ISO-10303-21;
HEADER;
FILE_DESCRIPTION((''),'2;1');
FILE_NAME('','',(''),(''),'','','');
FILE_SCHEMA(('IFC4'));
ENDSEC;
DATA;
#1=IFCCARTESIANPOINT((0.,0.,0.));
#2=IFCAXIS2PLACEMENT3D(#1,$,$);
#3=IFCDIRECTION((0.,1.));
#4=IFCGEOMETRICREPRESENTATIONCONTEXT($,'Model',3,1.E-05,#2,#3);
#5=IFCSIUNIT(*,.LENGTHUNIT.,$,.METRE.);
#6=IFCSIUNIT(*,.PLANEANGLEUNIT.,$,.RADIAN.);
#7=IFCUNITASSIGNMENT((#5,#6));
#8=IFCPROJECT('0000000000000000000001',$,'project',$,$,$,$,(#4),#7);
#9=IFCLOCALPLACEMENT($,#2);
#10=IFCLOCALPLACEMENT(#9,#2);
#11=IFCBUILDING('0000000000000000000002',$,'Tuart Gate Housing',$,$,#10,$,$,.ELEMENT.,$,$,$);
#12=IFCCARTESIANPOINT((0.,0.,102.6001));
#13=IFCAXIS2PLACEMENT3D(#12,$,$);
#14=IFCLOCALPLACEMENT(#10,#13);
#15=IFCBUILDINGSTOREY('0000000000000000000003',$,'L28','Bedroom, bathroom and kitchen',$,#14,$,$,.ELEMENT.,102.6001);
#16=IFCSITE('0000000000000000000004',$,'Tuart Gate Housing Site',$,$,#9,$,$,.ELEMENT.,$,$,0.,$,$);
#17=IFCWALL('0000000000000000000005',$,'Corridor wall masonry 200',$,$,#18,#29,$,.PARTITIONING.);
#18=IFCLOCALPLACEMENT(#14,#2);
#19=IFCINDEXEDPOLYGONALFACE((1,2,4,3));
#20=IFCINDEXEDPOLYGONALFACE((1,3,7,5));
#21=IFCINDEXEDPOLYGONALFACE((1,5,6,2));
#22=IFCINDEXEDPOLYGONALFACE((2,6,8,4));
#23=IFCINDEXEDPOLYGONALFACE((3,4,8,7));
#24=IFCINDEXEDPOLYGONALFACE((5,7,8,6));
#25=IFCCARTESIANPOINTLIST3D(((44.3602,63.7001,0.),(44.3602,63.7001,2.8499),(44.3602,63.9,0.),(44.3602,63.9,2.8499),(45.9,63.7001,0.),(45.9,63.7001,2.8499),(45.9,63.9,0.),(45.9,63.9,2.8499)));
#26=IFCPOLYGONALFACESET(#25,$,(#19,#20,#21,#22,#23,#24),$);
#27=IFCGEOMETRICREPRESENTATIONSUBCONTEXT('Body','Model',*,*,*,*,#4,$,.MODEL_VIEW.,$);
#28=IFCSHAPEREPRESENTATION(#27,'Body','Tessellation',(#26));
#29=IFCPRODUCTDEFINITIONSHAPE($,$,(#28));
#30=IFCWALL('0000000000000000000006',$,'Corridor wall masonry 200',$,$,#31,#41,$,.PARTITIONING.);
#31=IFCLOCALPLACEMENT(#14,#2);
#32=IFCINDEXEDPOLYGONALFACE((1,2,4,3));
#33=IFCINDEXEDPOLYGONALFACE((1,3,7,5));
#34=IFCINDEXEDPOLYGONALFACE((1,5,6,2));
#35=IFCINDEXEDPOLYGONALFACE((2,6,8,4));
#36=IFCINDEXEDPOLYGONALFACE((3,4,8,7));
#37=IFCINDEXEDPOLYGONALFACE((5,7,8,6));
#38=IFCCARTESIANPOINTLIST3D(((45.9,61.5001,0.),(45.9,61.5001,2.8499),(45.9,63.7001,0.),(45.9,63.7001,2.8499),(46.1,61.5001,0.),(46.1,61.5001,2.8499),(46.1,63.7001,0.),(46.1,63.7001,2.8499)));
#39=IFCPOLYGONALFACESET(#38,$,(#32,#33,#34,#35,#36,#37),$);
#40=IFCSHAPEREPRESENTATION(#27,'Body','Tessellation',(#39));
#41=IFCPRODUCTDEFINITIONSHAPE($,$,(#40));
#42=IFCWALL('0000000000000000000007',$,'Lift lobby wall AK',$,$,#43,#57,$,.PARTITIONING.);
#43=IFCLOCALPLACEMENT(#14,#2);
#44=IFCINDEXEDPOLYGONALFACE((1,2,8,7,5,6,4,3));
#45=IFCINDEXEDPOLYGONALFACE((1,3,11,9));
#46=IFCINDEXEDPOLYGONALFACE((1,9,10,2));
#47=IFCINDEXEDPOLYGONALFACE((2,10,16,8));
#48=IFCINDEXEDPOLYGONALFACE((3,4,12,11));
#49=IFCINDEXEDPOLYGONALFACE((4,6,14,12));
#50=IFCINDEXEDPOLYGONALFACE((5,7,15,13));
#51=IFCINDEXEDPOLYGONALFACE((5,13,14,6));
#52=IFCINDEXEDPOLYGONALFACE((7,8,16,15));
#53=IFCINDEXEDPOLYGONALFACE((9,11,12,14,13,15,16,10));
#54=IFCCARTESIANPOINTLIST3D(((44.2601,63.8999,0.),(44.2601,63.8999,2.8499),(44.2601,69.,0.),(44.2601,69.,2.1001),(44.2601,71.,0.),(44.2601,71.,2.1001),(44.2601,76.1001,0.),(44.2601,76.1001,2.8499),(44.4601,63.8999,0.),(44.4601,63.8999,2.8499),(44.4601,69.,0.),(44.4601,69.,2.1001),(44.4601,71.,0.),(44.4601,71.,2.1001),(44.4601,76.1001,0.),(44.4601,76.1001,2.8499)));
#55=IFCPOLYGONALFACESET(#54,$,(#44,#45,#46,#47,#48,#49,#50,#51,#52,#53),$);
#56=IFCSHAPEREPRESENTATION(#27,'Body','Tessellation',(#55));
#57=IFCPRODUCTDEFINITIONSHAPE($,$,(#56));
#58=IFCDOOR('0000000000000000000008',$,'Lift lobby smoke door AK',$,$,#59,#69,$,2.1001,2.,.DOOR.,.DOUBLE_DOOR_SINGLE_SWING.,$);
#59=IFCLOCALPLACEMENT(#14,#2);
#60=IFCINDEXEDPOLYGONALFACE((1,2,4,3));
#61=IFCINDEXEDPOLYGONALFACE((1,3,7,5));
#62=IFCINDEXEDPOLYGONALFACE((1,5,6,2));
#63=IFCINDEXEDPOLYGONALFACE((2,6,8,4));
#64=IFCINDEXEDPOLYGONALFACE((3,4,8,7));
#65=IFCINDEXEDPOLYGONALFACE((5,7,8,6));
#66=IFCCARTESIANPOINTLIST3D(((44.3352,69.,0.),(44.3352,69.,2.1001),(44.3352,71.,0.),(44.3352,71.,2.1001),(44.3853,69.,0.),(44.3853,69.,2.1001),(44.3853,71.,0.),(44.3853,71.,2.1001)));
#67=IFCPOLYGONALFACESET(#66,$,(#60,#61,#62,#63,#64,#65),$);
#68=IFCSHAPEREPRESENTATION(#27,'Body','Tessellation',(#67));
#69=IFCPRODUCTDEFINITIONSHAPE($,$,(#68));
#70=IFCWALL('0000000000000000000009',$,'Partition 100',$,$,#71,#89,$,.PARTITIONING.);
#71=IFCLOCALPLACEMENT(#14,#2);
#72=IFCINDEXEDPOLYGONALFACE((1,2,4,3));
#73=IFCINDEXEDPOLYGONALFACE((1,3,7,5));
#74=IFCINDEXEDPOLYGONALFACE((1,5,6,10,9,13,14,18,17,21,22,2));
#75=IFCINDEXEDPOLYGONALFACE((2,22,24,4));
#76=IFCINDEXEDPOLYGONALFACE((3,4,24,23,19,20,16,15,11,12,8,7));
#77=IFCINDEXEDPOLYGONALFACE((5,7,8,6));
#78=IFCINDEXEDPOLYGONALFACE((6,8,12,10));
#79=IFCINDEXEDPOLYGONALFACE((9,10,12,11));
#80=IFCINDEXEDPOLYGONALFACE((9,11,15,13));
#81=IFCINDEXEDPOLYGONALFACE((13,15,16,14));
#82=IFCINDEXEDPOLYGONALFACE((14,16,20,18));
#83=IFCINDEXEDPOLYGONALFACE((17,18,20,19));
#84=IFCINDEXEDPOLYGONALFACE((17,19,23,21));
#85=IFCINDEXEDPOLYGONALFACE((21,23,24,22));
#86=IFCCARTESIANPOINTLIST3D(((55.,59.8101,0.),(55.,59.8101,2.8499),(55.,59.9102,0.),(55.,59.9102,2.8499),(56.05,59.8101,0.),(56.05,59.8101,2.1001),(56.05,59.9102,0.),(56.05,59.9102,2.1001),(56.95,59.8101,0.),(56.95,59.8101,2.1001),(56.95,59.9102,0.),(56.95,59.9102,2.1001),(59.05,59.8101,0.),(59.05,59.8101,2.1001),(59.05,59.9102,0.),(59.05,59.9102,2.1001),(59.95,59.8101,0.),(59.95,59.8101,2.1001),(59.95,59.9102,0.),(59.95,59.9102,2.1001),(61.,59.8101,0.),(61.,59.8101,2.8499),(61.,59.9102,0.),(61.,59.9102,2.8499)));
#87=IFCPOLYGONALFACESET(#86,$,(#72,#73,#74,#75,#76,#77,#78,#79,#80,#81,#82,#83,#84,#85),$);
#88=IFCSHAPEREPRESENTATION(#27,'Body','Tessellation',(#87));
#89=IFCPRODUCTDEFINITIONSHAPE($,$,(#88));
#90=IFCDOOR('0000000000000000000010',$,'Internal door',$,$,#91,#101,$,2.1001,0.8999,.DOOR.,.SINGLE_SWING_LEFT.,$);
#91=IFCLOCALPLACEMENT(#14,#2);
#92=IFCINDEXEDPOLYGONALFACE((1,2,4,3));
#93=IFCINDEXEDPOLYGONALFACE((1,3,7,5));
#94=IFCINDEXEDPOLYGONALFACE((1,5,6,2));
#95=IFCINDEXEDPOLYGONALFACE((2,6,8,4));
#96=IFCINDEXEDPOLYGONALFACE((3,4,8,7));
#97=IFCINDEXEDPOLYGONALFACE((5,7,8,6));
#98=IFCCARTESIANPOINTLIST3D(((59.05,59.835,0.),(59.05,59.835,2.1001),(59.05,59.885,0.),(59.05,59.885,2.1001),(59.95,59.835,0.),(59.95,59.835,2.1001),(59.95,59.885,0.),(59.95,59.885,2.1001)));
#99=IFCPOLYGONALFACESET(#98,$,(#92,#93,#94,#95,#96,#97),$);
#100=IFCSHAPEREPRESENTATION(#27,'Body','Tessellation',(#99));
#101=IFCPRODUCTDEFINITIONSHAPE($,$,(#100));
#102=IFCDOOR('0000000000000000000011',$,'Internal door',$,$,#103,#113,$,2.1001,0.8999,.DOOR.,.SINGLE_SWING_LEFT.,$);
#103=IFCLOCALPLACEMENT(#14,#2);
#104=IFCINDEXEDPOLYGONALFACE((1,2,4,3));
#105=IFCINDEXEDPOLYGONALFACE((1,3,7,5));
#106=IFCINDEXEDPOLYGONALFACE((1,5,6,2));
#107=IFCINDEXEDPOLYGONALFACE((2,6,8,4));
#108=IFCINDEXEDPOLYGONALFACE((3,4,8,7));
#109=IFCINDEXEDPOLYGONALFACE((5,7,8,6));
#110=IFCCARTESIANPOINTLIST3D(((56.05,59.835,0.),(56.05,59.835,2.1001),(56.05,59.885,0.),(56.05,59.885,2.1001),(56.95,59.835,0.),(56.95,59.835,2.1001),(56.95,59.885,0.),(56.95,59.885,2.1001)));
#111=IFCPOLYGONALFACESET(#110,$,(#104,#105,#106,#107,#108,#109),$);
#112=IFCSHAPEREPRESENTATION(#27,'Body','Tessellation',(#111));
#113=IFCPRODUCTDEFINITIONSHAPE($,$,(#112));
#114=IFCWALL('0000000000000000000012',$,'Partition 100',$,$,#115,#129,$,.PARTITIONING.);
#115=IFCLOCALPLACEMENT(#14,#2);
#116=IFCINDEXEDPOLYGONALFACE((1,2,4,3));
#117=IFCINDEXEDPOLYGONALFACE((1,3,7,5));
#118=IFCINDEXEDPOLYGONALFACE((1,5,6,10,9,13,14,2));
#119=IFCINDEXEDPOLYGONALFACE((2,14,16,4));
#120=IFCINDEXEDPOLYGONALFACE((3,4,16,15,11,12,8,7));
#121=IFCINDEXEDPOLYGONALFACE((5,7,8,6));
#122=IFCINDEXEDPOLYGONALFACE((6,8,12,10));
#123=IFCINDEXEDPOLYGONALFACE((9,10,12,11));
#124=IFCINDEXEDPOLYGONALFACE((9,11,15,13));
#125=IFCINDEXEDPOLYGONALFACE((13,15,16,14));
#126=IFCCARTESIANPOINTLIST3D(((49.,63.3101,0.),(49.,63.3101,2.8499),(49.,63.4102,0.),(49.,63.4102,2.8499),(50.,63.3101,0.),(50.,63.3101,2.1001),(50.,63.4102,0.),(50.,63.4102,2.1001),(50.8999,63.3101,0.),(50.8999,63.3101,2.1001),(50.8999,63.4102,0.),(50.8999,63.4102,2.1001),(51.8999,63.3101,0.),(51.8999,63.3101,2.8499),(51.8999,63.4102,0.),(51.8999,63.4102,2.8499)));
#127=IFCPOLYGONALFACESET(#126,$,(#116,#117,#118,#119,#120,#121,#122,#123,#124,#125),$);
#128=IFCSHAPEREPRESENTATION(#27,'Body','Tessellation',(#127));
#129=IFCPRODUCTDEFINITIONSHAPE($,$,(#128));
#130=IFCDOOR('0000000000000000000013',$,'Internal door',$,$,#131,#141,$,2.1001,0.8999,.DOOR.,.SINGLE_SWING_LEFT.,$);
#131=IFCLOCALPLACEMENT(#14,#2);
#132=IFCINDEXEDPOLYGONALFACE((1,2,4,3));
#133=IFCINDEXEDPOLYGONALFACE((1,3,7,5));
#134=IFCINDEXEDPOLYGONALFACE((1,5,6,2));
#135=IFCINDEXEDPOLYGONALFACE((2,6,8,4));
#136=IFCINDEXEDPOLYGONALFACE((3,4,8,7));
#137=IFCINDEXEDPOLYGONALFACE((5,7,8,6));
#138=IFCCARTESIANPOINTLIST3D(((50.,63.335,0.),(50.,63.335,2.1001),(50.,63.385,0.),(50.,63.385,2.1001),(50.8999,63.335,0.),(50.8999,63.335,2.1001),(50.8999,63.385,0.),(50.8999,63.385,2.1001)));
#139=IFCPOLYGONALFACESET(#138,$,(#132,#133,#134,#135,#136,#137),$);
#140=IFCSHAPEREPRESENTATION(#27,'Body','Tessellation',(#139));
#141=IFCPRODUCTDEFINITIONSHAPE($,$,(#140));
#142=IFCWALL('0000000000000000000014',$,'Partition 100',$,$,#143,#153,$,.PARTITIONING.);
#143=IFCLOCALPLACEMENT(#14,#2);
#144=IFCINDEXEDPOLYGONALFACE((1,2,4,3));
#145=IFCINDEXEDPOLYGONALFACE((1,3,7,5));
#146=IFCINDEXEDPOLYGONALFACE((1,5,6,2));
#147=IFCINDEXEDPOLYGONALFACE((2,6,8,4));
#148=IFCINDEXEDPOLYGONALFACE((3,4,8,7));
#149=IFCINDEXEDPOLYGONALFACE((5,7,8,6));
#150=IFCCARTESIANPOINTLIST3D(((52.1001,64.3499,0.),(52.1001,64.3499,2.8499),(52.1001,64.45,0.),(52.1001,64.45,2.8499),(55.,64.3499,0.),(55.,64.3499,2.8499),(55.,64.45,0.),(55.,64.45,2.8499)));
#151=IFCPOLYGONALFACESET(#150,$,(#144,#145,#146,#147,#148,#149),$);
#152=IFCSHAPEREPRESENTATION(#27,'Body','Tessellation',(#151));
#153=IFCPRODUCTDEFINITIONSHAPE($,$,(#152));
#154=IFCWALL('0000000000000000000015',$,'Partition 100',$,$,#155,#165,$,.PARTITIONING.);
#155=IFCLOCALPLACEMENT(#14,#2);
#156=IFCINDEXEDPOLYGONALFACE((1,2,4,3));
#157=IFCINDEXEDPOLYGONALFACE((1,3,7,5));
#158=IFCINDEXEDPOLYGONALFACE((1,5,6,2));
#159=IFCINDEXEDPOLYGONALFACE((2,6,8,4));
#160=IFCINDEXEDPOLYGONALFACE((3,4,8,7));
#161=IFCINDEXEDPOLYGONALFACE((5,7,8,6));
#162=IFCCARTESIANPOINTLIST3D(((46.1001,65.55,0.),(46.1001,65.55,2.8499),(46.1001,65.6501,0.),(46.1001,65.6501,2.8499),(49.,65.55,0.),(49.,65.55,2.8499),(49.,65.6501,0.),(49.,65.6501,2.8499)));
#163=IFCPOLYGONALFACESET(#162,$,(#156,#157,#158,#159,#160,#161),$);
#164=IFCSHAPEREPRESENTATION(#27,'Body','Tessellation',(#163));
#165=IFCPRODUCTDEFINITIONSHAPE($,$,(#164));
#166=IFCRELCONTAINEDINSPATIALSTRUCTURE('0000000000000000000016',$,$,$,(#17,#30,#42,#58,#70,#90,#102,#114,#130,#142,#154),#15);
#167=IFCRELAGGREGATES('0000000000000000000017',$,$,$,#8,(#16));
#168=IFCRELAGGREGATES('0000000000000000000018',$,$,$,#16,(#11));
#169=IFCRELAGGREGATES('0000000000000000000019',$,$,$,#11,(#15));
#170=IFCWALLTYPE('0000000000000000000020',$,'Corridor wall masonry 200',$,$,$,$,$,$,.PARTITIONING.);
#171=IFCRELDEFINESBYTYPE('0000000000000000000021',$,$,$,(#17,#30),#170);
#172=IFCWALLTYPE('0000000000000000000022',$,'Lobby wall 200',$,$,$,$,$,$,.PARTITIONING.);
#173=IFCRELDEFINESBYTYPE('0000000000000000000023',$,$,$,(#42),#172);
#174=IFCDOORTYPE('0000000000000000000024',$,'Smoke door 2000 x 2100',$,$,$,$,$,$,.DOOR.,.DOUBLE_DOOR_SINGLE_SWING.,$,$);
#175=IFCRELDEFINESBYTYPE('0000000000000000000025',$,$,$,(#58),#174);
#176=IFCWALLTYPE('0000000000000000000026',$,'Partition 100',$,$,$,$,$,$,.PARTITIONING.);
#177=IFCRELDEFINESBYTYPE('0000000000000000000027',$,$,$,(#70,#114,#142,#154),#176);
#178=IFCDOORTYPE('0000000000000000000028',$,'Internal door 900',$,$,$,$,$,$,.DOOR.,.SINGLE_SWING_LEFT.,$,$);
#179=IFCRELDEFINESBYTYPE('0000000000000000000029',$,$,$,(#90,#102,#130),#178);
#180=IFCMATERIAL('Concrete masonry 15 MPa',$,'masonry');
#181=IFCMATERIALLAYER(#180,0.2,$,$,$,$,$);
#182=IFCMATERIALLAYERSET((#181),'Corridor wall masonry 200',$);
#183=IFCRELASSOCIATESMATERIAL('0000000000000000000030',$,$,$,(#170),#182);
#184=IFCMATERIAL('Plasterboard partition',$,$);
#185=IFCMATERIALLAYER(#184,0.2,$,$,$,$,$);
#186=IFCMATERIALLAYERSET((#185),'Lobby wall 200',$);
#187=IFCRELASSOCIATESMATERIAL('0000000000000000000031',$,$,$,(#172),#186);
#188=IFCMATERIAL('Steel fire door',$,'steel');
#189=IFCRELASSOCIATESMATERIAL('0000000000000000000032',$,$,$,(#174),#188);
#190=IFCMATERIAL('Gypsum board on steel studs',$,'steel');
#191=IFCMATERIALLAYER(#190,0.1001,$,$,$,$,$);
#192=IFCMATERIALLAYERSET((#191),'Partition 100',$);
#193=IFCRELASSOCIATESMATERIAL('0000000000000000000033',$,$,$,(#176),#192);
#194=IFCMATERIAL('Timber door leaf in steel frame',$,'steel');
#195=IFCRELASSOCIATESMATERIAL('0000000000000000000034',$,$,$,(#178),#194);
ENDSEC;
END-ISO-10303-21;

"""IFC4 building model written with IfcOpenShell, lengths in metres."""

from ifc_helpers import new_model, si_unit, direction, frame, frame_2d, origin, place, context, subcontext, project, spatial, rectangle, extrude, material, layer, layer_set, type_object, element, fill, save


model = new_model("IFC4")

# Units and contexts
model_context = context("Model", 3, precision=1e-05, world=origin(), true_north=direction((0.0, 1.0)))
body_context = subcontext(model_context, "Body", "Model", "MODEL_VIEW")
ifc_project = project(units=[si_unit("LENGTHUNIT", "METRE"), si_unit("PLANEANGLEUNIT", "RADIAN")], contexts=[model_context])

# Site, building, storey
site_placement = place(None, origin())
site = spatial("IfcSite", under=ifc_project, at=site_placement, Name="Tuart Gate Housing Site", CompositionType="ELEMENT", RefElevation=0.0)
building_placement = place(site_placement, origin())
building = spatial("IfcBuilding", under=site, at=building_placement, Name="Tuart Gate Housing", CompositionType="ELEMENT")
storey_placement = place(building_placement, frame((0.0, 0.0, 102.6001)))
storey = spatial("IfcBuildingStorey", under=building, at=storey_placement, Name="L28", Description="Bedroom, bathroom and kitchen", CompositionType="ELEMENT", Elevation=102.6001)

# Walls
ifc_material_1 = material(Name="Concrete masonry 15 MPa", Category="masonry")
ifc_layer_1 = layer(ifc_material_1, 0.2)
ifc_layer_set_1 = layer_set([ifc_layer_1], Name="Corridor wall masonry 200")
wall_type_1 = type_object("IfcWallType", Name="Corridor wall masonry 200", PredefinedType="PARTITIONING", material=ifc_layer_set_1)
wall_1_placement = place(storey_placement, frame((44.3601, 63.8, 0.0), z_axis=(0.0, 0.0, 1.0), x_axis=(1.0, 0.0, 0.0)))
element("IfcWall", 1, at=wall_1_placement, inside=storey, type_object=wall_type_1, Name="Corridor wall masonry 200", PredefinedType="PARTITIONING", context=body_context, shape_type="SweptSolid", body=[
    extrude(rectangle(XDim=1.5398, YDim=0.2, at=frame_2d((0.77, 0.0))), origin(), (0.0, 0.0, 1.0), 2.8499),
])
wall_2_placement = place(storey_placement, frame((46.0, 61.5, 0.0), z_axis=(0.0, 0.0, 1.0), x_axis=(0.0, 1.0, 0.0)))
element("IfcWall", 2, at=wall_2_placement, inside=storey, type_object=wall_type_1, Name="Corridor wall masonry 200", PredefinedType="PARTITIONING", context=body_context, shape_type="SweptSolid", body=[
    extrude(rectangle(XDim=2.2, YDim=0.2, at=frame_2d((1.1001, 0.0))), origin(), (0.0, 0.0, 1.0), 2.8499),
])

# Wall, opening, door
ifc_material_2 = material(Name="Plasterboard partition")
ifc_layer_2 = layer(ifc_material_2, 0.2)
ifc_layer_set_2 = layer_set([ifc_layer_2], Name="Lobby wall 200")
wall_type_2 = type_object("IfcWallType", Name="Lobby wall 200", PredefinedType="PARTITIONING", material=ifc_layer_set_2)
wall_3_placement = place(storey_placement, frame((44.3601, 63.8999, 0.0), z_axis=(0.0, 0.0, 1.0), x_axis=(0.0, 1.0, 0.0)))
wall_3 = element("IfcWall", 3, at=wall_3_placement, inside=storey, type_object=wall_type_2, Name="Lift lobby wall AK", PredefinedType="PARTITIONING", context=body_context, shape_type="SweptSolid", body=[
    extrude(rectangle(XDim=12.2002, YDim=0.2, at=frame_2d((6.1001, 0.0))), origin(), (0.0, 0.0, 1.0), 2.8499),
])
opening_1_placement = place(wall_3_placement, frame((5.1001, 0.0, 0.0)))
opening_1 = element("IfcOpeningElement", 4, at=opening_1_placement, cuts=wall_3, PredefinedType="OPENING", context=body_context, shape_type="SweptSolid", body=[
    extrude(rectangle(XDim=2.0, YDim=2.1001, at=frame_2d((1.0, 1.05))), frame((0.0, 0.1099, 0.0), z_axis=(0.0, -1.0, 0.0), x_axis=(1.0, 0.0, 0.0)), (0.0, 0.0, 1.0), 0.22),
])
ifc_material_3 = material(Name="Steel fire door", Category="steel")
door_type_1 = type_object("IfcDoorType", Name="Smoke door 2000 x 2100", OperationType="DOUBLE_DOOR_SINGLE_SWING", PredefinedType="DOOR", material=ifc_material_3)
door_1_placement = place(opening_1_placement, origin())
door_1 = element("IfcDoor", 5, at=door_1_placement, inside=storey, type_object=door_type_1, Name="Lift lobby smoke door AK", OperationType="DOUBLE_DOOR_SINGLE_SWING", OverallHeight=2.1001, OverallWidth=2.0, PredefinedType="DOOR", context=body_context, shape_type="SweptSolid", body=[
    extrude(rectangle(XDim=2.0, YDim=2.1001, at=frame_2d((1.0, 1.05))), frame((0.0, 0.0249, 0.0), z_axis=(0.0, -1.0, 0.0), x_axis=(1.0, 0.0, 0.0)), (0.0, 0.0, 1.0), 0.05),
])
fill(opening_1, door_1)

# Wall, openings, doors
ifc_material_4 = material(Name="Gypsum board on steel studs", Category="steel")
ifc_layer_3 = layer(ifc_material_4, 0.1001)
ifc_layer_set_3 = layer_set([ifc_layer_3], Name="Partition 100")
wall_type_3 = type_object("IfcWallType", Name="Partition 100", PredefinedType="PARTITIONING", material=ifc_layer_set_3)
wall_4_placement = place(storey_placement, frame((55.0, 59.8601, 0.0), z_axis=(0.0, 0.0, 1.0), x_axis=(1.0, 0.0, 0.0)))
wall_4 = element("IfcWall", 6, at=wall_4_placement, inside=storey, type_object=wall_type_3, Name="Partition 100", PredefinedType="PARTITIONING", context=body_context, shape_type="SweptSolid", body=[
    extrude(rectangle(XDim=6.0, YDim=0.1001, at=frame_2d((3.0, 0.0))), origin(), (0.0, 0.0, 1.0), 2.8499),
])
opening_2_placement = place(wall_4_placement, frame((4.05, 0.0, 0.0)))
opening_2 = element("IfcOpeningElement", 7, at=opening_2_placement, cuts=wall_4, PredefinedType="OPENING", context=body_context, shape_type="SweptSolid", body=[
    extrude(rectangle(XDim=0.8999, YDim=2.1001, at=frame_2d((0.45, 1.05))), frame((0.0, 0.0601, 0.0), z_axis=(0.0, -1.0, 0.0), x_axis=(1.0, 0.0, 0.0)), (0.0, 0.0, 1.0), 0.1201),
])
opening_3_placement = place(wall_4_placement, frame((1.05, 0.0, 0.0)))
opening_3 = element("IfcOpeningElement", 8, at=opening_3_placement, cuts=wall_4, PredefinedType="OPENING", context=body_context, shape_type="SweptSolid", body=[
    extrude(rectangle(XDim=0.8999, YDim=2.1001, at=frame_2d((0.45, 1.05))), frame((0.0, 0.0601, 0.0), z_axis=(0.0, -1.0, 0.0), x_axis=(1.0, 0.0, 0.0)), (0.0, 0.0, 1.0), 0.1201),
])
ifc_material_5 = material(Name="Timber door leaf in steel frame", Category="steel")
door_type_2 = type_object("IfcDoorType", Name="Internal door 900", OperationType="SINGLE_SWING_LEFT", PredefinedType="DOOR", material=ifc_material_5)
door_2_placement = place(opening_2_placement, origin())
door_2 = element("IfcDoor", 9, at=door_2_placement, inside=storey, type_object=door_type_2, Name="Internal door", OperationType="SINGLE_SWING_LEFT", OverallHeight=2.1001, OverallWidth=0.8999, PredefinedType="DOOR", context=body_context, shape_type="SweptSolid", body=[
    extrude(rectangle(XDim=0.8999, YDim=2.1001, at=frame_2d((0.45, 1.05))), frame((0.0, 0.0249, 0.0), z_axis=(0.0, -1.0, 0.0), x_axis=(1.0, 0.0, 0.0)), (0.0, 0.0, 1.0), 0.05),
])
fill(opening_2, door_2)
door_3_placement = place(opening_3_placement, origin())
door_3 = element("IfcDoor", 10, at=door_3_placement, inside=storey, type_object=door_type_2, Name="Internal door", OperationType="SINGLE_SWING_LEFT", OverallHeight=2.1001, OverallWidth=0.8999, PredefinedType="DOOR", context=body_context, shape_type="SweptSolid", body=[
    extrude(rectangle(XDim=0.8999, YDim=2.1001, at=frame_2d((0.45, 1.05))), frame((0.0, 0.0249, 0.0), z_axis=(0.0, -1.0, 0.0), x_axis=(1.0, 0.0, 0.0)), (0.0, 0.0, 1.0), 0.05),
])
fill(opening_3, door_3)

# Wall, opening, door
wall_5_placement = place(storey_placement, frame((49.0, 63.3601, 0.0), z_axis=(0.0, 0.0, 1.0), x_axis=(1.0, 0.0, 0.0)))
wall_5 = element("IfcWall", 11, at=wall_5_placement, inside=storey, type_object=wall_type_3, Name="Partition 100", PredefinedType="PARTITIONING", context=body_context, shape_type="SweptSolid", body=[
    extrude(rectangle(XDim=2.8999, YDim=0.1001, at=frame_2d((1.45, 0.0))), origin(), (0.0, 0.0, 1.0), 2.8499),
])
opening_4_placement = place(wall_5_placement, frame((1.0, 0.0, 0.0)))
opening_4 = element("IfcOpeningElement", 12, at=opening_4_placement, cuts=wall_5, PredefinedType="OPENING", context=body_context, shape_type="SweptSolid", body=[
    extrude(rectangle(XDim=0.8999, YDim=2.1001, at=frame_2d((0.45, 1.05))), frame((0.0, 0.0601, 0.0), z_axis=(0.0, -1.0, 0.0), x_axis=(1.0, 0.0, 0.0)), (0.0, 0.0, 1.0), 0.1201),
])
door_4_placement = place(opening_4_placement, origin())
door_4 = element("IfcDoor", 13, at=door_4_placement, inside=storey, type_object=door_type_2, Name="Internal door", OperationType="SINGLE_SWING_LEFT", OverallHeight=2.1001, OverallWidth=0.8999, PredefinedType="DOOR", context=body_context, shape_type="SweptSolid", body=[
    extrude(rectangle(XDim=0.8999, YDim=2.1001, at=frame_2d((0.45, 1.05))), frame((0.0, 0.0249, 0.0), z_axis=(0.0, -1.0, 0.0), x_axis=(1.0, 0.0, 0.0)), (0.0, 0.0, 1.0), 0.05),
])
fill(opening_4, door_4)

# Walls
for number, where, z_axis, x_axis, name in (
    (14, (52.1001, 64.3999, 0.0), (0.0, 0.0, 1.0), (1.0, 0.0, 0.0), "Partition 100"),
    (15, (46.1001, 65.6001, 0.0), (0.0, 0.0, 1.0), (1.0, 0.0, 0.0), "Partition 100"),
):
    element("IfcWall", number, at=place(storey_placement, frame(where, z_axis=z_axis, x_axis=x_axis)), inside=storey, type_object=wall_type_3, Name=name, PredefinedType="PARTITIONING", context=body_context, shape_type="SweptSolid", body=[
        extrude(rectangle(XDim=2.8999, YDim=0.1001, at=frame_2d((1.45, 0.0))), origin(), (0.0, 0.0, 1.0), 2.8499),
    ])

save(model, "model.ifc")
